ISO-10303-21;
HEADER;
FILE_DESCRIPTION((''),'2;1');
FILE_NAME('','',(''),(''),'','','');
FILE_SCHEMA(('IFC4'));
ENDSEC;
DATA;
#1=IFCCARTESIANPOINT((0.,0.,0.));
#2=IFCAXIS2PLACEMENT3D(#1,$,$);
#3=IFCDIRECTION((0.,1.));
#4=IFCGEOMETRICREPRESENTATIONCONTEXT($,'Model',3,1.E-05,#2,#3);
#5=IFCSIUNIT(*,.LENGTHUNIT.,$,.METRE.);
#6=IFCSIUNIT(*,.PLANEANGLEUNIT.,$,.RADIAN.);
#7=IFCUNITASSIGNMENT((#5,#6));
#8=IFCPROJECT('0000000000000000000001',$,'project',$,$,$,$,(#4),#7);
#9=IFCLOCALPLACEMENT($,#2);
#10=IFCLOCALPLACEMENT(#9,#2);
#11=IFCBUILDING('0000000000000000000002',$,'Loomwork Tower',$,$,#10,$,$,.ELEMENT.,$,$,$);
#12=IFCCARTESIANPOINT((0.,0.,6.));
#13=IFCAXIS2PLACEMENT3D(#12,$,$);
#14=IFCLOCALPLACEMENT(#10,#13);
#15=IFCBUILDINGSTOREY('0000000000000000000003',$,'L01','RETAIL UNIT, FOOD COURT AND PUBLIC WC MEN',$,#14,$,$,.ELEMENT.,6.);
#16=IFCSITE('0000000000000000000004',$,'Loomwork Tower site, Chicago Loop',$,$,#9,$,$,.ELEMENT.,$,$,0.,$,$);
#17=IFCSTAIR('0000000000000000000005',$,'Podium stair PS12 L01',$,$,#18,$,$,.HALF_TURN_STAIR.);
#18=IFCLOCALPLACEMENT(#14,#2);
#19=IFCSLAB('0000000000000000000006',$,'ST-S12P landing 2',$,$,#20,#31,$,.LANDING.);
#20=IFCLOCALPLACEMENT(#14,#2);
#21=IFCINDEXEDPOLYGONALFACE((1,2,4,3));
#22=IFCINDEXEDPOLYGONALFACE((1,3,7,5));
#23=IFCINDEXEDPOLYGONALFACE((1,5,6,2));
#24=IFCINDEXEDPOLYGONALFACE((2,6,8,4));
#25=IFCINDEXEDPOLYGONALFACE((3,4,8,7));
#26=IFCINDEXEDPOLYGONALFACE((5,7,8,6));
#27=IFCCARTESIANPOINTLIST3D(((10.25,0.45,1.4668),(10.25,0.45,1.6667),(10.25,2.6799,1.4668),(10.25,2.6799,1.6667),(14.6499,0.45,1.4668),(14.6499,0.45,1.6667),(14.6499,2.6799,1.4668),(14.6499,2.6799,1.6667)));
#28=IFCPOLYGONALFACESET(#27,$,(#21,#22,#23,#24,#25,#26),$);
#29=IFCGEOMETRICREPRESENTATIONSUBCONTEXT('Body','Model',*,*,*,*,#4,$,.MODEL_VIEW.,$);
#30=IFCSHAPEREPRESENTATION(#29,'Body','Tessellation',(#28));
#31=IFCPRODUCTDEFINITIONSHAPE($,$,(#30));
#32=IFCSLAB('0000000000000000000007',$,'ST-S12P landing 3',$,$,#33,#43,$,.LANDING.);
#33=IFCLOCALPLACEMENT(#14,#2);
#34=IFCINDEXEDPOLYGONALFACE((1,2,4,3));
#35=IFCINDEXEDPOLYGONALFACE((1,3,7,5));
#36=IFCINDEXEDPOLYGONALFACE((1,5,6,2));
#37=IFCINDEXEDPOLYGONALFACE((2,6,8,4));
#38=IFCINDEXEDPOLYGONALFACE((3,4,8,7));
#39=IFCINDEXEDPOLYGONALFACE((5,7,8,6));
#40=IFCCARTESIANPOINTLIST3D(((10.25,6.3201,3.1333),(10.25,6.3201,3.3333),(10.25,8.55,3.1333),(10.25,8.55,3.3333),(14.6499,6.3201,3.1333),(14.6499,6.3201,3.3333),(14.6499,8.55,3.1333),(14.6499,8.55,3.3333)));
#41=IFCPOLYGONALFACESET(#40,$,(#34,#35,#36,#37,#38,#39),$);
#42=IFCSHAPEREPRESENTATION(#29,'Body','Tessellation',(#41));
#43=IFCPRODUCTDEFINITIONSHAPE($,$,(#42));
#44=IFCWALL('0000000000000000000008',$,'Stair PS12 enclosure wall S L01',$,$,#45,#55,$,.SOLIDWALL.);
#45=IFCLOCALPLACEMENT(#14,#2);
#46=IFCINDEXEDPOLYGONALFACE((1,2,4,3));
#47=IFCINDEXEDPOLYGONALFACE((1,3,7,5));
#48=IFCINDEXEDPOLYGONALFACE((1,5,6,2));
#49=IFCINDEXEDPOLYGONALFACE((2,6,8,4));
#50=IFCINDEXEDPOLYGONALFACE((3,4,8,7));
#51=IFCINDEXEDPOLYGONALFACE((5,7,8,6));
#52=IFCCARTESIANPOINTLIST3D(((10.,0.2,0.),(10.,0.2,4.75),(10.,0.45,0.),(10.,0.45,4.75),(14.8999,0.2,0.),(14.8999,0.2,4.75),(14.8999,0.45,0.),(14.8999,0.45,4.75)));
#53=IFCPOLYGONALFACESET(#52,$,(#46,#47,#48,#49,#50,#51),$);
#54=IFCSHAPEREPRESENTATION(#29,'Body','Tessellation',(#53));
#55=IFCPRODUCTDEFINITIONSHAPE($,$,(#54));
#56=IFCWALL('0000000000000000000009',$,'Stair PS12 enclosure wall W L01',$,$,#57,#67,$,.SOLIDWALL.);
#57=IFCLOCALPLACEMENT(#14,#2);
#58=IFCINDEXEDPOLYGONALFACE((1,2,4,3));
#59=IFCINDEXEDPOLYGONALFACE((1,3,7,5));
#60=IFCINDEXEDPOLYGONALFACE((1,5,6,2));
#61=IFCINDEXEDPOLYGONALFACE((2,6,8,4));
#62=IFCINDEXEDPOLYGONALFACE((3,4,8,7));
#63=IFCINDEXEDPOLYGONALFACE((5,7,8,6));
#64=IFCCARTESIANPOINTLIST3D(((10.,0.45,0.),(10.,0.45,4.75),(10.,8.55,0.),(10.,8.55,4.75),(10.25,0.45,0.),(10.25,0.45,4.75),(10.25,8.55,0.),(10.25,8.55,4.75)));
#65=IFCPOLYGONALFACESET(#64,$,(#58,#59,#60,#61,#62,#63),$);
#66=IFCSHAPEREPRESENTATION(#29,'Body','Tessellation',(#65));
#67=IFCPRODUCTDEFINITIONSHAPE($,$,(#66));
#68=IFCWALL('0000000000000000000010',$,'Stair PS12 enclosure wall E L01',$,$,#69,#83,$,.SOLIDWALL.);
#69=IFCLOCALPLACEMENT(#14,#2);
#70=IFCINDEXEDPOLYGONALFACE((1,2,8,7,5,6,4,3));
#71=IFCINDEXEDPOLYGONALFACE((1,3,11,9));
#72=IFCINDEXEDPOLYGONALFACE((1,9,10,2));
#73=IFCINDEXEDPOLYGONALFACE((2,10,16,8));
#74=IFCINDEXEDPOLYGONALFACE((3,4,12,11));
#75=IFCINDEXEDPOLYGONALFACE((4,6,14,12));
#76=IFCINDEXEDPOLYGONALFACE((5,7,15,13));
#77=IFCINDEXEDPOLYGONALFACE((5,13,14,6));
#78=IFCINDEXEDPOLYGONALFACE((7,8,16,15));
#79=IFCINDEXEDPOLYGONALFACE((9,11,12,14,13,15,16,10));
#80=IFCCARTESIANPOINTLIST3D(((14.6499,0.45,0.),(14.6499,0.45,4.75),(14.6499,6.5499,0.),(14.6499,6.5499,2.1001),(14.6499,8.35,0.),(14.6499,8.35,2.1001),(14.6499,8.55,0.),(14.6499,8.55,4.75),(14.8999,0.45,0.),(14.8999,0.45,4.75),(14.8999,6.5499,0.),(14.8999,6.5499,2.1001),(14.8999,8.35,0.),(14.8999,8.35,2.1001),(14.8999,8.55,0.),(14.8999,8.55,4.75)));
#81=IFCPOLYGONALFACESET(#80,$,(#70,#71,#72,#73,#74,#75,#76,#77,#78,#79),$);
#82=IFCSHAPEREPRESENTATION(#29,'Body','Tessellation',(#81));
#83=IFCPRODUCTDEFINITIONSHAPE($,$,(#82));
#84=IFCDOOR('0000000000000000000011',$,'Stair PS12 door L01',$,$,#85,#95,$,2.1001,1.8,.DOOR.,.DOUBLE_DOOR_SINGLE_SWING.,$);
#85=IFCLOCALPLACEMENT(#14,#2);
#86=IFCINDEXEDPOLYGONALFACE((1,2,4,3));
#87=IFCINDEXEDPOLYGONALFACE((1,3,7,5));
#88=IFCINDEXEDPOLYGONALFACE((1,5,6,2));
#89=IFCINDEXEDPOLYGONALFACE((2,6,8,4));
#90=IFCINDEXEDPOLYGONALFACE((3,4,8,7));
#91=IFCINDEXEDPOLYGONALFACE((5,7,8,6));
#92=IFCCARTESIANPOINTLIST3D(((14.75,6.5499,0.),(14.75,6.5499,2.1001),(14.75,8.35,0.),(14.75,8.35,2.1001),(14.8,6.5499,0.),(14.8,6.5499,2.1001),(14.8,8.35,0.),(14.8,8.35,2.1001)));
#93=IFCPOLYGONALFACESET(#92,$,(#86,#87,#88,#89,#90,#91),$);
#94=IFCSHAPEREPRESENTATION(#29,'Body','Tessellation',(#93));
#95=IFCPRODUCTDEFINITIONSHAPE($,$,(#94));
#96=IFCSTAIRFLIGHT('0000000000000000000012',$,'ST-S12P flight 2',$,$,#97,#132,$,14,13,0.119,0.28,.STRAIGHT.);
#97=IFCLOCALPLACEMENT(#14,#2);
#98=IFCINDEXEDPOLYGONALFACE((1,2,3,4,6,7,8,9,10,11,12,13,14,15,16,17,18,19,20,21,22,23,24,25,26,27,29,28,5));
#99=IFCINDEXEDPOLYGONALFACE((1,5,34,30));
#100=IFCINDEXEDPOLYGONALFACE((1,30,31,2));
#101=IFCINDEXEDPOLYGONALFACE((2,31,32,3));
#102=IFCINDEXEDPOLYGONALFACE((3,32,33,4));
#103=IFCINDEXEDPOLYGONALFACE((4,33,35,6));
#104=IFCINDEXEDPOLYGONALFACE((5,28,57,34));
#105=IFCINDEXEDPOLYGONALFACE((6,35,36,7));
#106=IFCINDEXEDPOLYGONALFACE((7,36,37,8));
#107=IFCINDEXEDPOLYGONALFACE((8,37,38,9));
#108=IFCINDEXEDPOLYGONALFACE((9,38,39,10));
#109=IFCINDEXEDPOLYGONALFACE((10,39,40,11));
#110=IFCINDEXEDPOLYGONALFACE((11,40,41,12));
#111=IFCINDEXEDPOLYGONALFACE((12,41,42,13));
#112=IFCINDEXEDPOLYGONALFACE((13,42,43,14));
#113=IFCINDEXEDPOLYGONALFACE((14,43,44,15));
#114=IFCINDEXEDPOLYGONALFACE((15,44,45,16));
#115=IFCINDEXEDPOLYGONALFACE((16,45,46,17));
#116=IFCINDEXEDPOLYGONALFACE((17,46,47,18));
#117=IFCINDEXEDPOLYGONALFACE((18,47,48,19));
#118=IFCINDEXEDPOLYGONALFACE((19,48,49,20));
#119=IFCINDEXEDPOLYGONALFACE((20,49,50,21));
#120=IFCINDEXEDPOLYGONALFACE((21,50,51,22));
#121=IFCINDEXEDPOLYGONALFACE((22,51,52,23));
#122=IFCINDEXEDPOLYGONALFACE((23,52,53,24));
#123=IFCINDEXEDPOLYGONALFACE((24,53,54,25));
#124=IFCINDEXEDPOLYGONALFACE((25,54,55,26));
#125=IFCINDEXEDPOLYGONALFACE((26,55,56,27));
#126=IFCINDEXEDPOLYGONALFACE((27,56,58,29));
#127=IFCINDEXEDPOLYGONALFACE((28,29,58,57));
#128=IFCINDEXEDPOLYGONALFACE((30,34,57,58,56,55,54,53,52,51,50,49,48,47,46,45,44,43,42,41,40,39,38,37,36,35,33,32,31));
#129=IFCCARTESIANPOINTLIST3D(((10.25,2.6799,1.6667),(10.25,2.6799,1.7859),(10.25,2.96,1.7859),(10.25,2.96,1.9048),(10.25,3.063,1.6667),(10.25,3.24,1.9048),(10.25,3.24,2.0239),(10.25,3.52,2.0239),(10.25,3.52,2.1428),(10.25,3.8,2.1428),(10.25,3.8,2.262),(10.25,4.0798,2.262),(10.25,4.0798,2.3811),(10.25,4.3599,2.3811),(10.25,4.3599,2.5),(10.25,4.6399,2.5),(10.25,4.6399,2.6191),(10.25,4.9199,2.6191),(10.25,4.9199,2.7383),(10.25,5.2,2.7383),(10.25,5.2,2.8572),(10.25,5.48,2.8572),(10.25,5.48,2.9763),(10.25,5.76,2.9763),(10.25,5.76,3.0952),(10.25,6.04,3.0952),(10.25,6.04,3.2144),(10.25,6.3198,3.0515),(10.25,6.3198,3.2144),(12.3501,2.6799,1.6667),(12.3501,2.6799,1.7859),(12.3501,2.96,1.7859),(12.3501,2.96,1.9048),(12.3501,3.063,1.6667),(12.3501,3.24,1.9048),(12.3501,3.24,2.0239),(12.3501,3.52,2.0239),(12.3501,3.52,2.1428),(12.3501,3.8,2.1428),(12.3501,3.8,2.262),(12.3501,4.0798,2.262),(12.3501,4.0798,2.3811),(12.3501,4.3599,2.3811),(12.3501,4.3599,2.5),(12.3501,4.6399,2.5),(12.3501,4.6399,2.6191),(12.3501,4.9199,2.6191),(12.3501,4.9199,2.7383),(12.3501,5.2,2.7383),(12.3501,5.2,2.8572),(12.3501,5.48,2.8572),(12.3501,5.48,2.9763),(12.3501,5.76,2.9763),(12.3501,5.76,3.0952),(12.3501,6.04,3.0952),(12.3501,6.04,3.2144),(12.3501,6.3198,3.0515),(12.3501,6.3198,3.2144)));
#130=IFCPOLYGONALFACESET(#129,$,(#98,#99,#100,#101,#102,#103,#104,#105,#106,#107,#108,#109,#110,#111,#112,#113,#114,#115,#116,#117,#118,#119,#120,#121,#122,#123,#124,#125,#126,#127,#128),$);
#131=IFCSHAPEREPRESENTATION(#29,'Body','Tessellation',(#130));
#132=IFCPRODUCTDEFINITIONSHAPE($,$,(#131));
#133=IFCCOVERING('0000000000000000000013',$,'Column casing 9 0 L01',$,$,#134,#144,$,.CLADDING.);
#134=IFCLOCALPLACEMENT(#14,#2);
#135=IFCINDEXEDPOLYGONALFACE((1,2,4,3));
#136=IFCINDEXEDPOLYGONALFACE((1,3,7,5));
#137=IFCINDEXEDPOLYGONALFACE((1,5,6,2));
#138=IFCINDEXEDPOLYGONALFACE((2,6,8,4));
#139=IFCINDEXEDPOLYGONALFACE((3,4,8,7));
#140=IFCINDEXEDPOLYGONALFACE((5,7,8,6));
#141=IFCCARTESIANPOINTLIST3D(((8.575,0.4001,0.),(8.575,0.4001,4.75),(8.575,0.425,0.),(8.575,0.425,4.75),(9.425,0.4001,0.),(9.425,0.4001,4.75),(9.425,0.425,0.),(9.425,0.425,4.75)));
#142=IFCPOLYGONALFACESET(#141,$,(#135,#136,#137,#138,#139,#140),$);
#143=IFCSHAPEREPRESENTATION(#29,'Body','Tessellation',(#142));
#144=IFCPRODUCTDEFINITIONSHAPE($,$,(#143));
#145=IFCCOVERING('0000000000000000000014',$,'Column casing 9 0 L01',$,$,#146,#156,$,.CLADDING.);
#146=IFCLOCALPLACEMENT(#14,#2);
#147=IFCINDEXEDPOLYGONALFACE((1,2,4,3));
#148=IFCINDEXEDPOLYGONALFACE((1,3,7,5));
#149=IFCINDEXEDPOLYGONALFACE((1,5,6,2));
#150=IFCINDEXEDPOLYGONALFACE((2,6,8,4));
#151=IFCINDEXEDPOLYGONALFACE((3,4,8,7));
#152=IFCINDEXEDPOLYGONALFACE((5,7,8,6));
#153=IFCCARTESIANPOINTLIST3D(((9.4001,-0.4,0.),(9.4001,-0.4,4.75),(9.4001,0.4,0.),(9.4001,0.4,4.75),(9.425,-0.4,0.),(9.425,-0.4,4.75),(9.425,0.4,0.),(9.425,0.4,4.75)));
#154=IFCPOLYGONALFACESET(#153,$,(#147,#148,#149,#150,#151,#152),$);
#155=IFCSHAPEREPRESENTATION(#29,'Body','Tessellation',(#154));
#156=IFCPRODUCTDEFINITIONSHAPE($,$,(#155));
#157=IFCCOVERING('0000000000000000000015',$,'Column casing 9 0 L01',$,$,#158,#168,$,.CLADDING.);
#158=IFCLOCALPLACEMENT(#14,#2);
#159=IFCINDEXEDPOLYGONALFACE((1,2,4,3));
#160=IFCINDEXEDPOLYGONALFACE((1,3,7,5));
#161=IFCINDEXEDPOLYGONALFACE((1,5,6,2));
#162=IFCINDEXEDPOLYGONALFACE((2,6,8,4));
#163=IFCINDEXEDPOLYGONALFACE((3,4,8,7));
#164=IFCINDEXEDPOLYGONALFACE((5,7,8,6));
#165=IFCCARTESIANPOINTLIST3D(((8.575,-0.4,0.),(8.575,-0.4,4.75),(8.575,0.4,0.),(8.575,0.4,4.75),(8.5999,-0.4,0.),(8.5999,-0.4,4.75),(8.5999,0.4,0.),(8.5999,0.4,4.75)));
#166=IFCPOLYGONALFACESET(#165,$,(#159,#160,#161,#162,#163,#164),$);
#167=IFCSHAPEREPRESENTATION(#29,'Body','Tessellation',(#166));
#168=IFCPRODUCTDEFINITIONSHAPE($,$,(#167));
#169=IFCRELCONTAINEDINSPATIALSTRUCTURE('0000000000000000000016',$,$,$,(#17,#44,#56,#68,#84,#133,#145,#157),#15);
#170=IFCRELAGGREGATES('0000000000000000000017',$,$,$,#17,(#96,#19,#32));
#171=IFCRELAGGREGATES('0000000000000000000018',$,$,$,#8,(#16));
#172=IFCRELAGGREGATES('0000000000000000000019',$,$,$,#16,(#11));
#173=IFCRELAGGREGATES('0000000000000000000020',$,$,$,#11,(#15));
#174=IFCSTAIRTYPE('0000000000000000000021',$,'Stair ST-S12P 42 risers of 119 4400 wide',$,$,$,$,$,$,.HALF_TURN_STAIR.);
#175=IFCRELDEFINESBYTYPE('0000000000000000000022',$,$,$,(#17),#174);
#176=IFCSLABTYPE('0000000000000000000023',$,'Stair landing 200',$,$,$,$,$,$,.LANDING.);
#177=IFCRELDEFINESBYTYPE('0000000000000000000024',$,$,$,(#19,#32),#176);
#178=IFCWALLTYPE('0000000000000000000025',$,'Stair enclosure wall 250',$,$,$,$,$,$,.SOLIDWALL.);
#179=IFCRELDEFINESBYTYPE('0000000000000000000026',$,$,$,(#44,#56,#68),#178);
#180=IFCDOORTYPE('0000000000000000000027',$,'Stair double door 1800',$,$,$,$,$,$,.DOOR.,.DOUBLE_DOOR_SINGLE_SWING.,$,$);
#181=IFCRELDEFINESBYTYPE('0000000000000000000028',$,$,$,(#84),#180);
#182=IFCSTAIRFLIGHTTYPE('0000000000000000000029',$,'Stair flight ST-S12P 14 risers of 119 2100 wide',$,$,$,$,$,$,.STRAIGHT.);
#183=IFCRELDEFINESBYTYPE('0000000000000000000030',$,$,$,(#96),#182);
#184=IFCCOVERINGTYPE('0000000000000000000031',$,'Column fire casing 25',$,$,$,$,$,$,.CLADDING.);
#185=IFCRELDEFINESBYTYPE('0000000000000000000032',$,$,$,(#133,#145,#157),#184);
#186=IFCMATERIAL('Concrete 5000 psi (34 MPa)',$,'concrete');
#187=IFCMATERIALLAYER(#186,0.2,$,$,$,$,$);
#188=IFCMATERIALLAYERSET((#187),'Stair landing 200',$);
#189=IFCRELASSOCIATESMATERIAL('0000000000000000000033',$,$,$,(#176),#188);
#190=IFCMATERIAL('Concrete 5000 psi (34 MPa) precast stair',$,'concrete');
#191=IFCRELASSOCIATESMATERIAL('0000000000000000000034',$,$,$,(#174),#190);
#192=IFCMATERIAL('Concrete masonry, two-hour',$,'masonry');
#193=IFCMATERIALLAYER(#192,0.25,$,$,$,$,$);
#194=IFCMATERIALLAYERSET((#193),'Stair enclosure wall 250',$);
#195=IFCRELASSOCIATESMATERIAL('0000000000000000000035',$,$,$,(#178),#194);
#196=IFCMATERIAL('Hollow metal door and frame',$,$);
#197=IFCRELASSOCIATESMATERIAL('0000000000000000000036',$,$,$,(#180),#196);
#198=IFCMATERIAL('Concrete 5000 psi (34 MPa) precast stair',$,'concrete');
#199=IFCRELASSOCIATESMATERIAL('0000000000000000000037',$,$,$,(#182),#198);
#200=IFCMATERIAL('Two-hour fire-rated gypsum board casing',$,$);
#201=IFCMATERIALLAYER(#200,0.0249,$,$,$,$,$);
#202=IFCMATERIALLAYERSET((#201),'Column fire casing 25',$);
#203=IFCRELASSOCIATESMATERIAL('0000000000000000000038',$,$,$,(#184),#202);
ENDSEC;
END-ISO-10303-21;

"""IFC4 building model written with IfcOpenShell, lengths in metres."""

from ifc_helpers import new_model, si_unit, direction, frame, frame_2d, origin, origin_2d, place, context, subcontext, project, spatial, polyline, rectangle, outline, extrude, material, layer, layer_set, type_object, element, fill, aggregate, save


model = new_model("IFC4")

# Units and contexts
model_context = context("Model", 3, precision=1e-05, world=origin(), true_north=direction((0.0, 1.0)))
body_context = subcontext(model_context, "Body", "Model", "MODEL_VIEW")
ifc_project = project(units=[si_unit("LENGTHUNIT", "METRE"), si_unit("PLANEANGLEUNIT", "RADIAN")], contexts=[model_context])

# Site, building, storey
site_placement = place(None, origin())
site = spatial("IfcSite", under=ifc_project, at=site_placement, Name="Loomwork Tower site, Chicago Loop", CompositionType="ELEMENT", RefElevation=0.0)
building_placement = place(site_placement, origin())
building = spatial("IfcBuilding", under=site, at=building_placement, Name="Loomwork Tower", CompositionType="ELEMENT")
storey_placement = place(building_placement, frame((0.0, 0.0, 6.0)))
storey = spatial("IfcBuildingStorey", under=building, at=storey_placement, Name="L01", Description="RETAIL UNIT, FOOD COURT AND PUBLIC WC MEN", CompositionType="ELEMENT", Elevation=6.0)

# Stair, slabs
ifc_material_1 = material(Name="Concrete 5000 psi (34 MPa)", Category="concrete")
ifc_layer_1 = layer(ifc_material_1, 0.2)
ifc_layer_set_1 = layer_set([ifc_layer_1], Name="Stair landing 200")
slab_type = type_object("IfcSlabType", Name="Stair landing 200", PredefinedType="LANDING", material=ifc_layer_set_1)
ifc_material_2 = material(Name="Concrete 5000 psi (34 MPa) precast stair", Category="concrete")
stair_type_1 = type_object("IfcStairType", Name="Stair ST-S12P 42 risers of 119 4400 wide", PredefinedType="HALF_TURN_STAIR", material=ifc_material_2)
stair_1_placement = place(storey_placement, origin())
stair_1 = element("IfcStair", 1, at=stair_1_placement, inside=storey, type_object=stair_type_1, Name="Podium stair PS12 L01", PredefinedType="HALF_TURN_STAIR")
slab_1_placement = place(storey_placement, frame((0.0, 0.0, 1.4668)))
slab_1 = element("IfcSlab", 2, at=slab_1_placement, type_object=slab_type, Name="ST-S12P landing 2", PredefinedType="LANDING", context=body_context, shape_type="SweptSolid", body=[
    extrude(outline(polyline([(10.25, 0.45), (14.6499, 0.45), (14.6499, 2.6799), (10.25, 2.6799), (10.25, 0.45)])), origin(), (0.0, 0.0, 1.0), 0.2),
])
slab_2_placement = place(storey_placement, frame((0.0, 0.0, 3.1333)))
slab_2 = element("IfcSlab", 3, at=slab_2_placement, type_object=slab_type, Name="ST-S12P landing 3", PredefinedType="LANDING", context=body_context, shape_type="SweptSolid", body=[
    extrude(outline(polyline([(10.25, 6.3201), (14.6499, 6.3201), (14.6499, 8.55), (10.25, 8.55), (10.25, 6.3201)])), origin(), (0.0, 0.0, 1.0), 0.2),
])

# Walls
ifc_material_3 = material(Name="Concrete masonry, two-hour", Category="masonry")
ifc_layer_2 = layer(ifc_material_3, 0.25)
ifc_layer_set_2 = layer_set([ifc_layer_2], Name="Stair enclosure wall 250")
wall_type = type_object("IfcWallType", Name="Stair enclosure wall 250", PredefinedType="SOLIDWALL", material=ifc_layer_set_2)
wall_1_placement = place(storey_placement, frame((10.0, 0.325, 0.0), z_axis=(0.0, 0.0, 1.0), x_axis=(1.0, 0.0, 0.0)))
element("IfcWall", 4, at=wall_1_placement, inside=storey, type_object=wall_type, Name="Stair PS12 enclosure wall S L01", PredefinedType="SOLIDWALL", context=body_context, shape_type="SweptSolid", body=[
    extrude(rectangle(XDim=4.8999, YDim=0.25, at=frame_2d((2.45, 0.0))), origin(), (0.0, 0.0, 1.0), 4.75),
])
wall_2_placement = place(storey_placement, frame((10.125, 0.45, 0.0), z_axis=(0.0, 0.0, 1.0), x_axis=(0.0, 1.0, 0.0)))
element("IfcWall", 5, at=wall_2_placement, inside=storey, type_object=wall_type, Name="Stair PS12 enclosure wall W L01", PredefinedType="SOLIDWALL", context=body_context, shape_type="SweptSolid", body=[
    extrude(rectangle(XDim=8.1001, YDim=0.25, at=frame_2d((4.05, 0.0))), origin(), (0.0, 0.0, 1.0), 4.75),
])

# Wall, opening, door
wall_3_placement = place(storey_placement, frame((14.7749, 0.45, 0.0), z_axis=(0.0, 0.0, 1.0), x_axis=(0.0, 1.0, 0.0)))
wall_3 = element("IfcWall", 6, at=wall_3_placement, inside=storey, type_object=wall_type, Name="Stair PS12 enclosure wall E L01", PredefinedType="SOLIDWALL", context=body_context, shape_type="SweptSolid", body=[
    extrude(rectangle(XDim=8.1001, YDim=0.25, at=frame_2d((4.05, 0.0))), origin(), (0.0, 0.0, 1.0), 4.75),
])
opening_placement = place(wall_3_placement, frame((6.1001, 0.0, 0.0)))
opening = element("IfcOpeningElement", 7, at=opening_placement, cuts=wall_3, PredefinedType="OPENING", context=body_context, shape_type="SweptSolid", body=[
    extrude(rectangle(XDim=1.8, YDim=2.1001, at=frame_2d((0.8999, 1.05))), frame((0.0, 0.135, 0.0), z_axis=(0.0, -1.0, 0.0), x_axis=(1.0, 0.0, 0.0)), (0.0, 0.0, 1.0), 0.27),
])
ifc_material_4 = material(Name="Hollow metal door and frame")
door_type = type_object("IfcDoorType", Name="Stair double door 1800", OperationType="DOUBLE_DOOR_SINGLE_SWING", PredefinedType="DOOR", material=ifc_material_4)
door_placement = place(opening_placement, origin())
door = element("IfcDoor", 8, at=door_placement, inside=storey, type_object=door_type, Name="Stair PS12 door L01", OperationType="DOUBLE_DOOR_SINGLE_SWING", OverallHeight=2.1001, OverallWidth=1.8, PredefinedType="DOOR", context=body_context, shape_type="SweptSolid", body=[
    extrude(rectangle(XDim=1.8, YDim=2.1001, at=frame_2d((0.8999, 1.05))), frame((0.0, 0.0249, 0.0), z_axis=(0.0, -1.0, 0.0), x_axis=(1.0, 0.0, 0.0)), (0.0, 0.0, 1.0), 0.05),
])
fill(opening, door)

# Stair flight
ifc_material_5 = material(Name="Concrete 5000 psi (34 MPa) precast stair", Category="concrete")
stair_flight_type = type_object("IfcStairFlightType", Name="Stair flight ST-S12P 14 risers of 119 2100 wide", PredefinedType="STRAIGHT", material=ifc_material_5)
stair_flight_placement = place(storey_placement, frame((11.3, 2.6799, 1.6667), z_axis=(0.0, 0.0, 1.0), x_axis=(0.0, 1.0, 0.0)))
stair_flight = element("IfcStairFlight", 9, at=stair_flight_placement, type_object=stair_flight_type, Name="ST-S12P flight 2", NumberOfRisers=14, NumberOfTreads=13, PredefinedType="STRAIGHT", RiserHeight=0.119, TreadLength=0.28, context=body_context, shape_type="SweptSolid", body=[
    extrude(outline(polyline([(0.0, 0.0), (0.0, 0.1191), (0.28, 0.1191), (0.28, 0.238), (0.5601, 0.238), (0.5601, 0.3572), (0.8401, 0.3572), (0.8401, 0.4761), (1.1201, 0.4761), (1.1201, 0.5952), (1.3999, 0.5952), (1.3999, 0.7144), (1.6799, 0.7144), (1.6799, 0.8333), (1.96, 0.8333), (1.96, 0.9524), (2.24, 0.9524), (2.24, 1.0715), (2.52, 1.0715), (2.52, 1.1904), (2.8, 1.1904), (2.8, 1.3096), (3.0801, 1.3096), (3.0801, 1.4285), (3.3601, 1.4285), (3.3601, 1.5476), (3.6399, 1.5476), (3.6399, 1.6667), (3.6399, 1.3848), (0.3831, 0.0), (0.0, 0.0)])), frame((0.0, 1.05, 0.0), z_axis=(0.0, -1.0, 0.0), x_axis=(1.0, 0.0, 0.0)), (0.0, 0.0, 1.0), 2.1001),
])
aggregate(stair_1, [stair_flight, slab_1, slab_2])

# Coverings
ifc_material_6 = material(Name="Two-hour fire-rated gypsum board casing")
ifc_layer_3 = layer(ifc_material_6, 0.0249)
ifc_layer_set_3 = layer_set([ifc_layer_3], Name="Column fire casing 25")
covering_type = type_object("IfcCoveringType", Name="Column fire casing 25", PredefinedType="CLADDING", material=ifc_layer_set_3)
covering_placement = place(storey_placement, frame((9.0, 0.4126, 0.0), z_axis=(0.0, 0.0, 1.0), x_axis=(1.0, 0.0, 0.0)))
element("IfcCovering", 10, at=covering_placement, inside=storey, type_object=covering_type, Name="Column casing 9 0 L01", PredefinedType="CLADDING", context=body_context, shape_type="SweptSolid", body=[
    extrude(rectangle(XDim=0.8501, YDim=0.0249, at=origin_2d()), origin(), (0.0, 0.0, 1.0), 4.75),
])
for number, where, z_axis, x_axis, name in (
    (11, (9.4126, 0.0, 0.0), (0.0, 0.0, 1.0), (1.0, 0.0, 0.0), "Column casing 9 0 L01"),
    (12, (8.5874, 0.0, 0.0), (0.0, 0.0, 1.0), (1.0, 0.0, 0.0), "Column casing 9 0 L01"),
):
    element("IfcCovering", number, at=place(storey_placement, frame(where, z_axis=z_axis, x_axis=x_axis)), inside=storey, type_object=covering_type, Name=name, PredefinedType="CLADDING", context=body_context, shape_type="SweptSolid", body=[
        extrude(rectangle(XDim=0.0249, YDim=0.8, at=origin_2d()), origin(), (0.0, 0.0, 1.0), 4.75),
    ])

save(model, "model.ifc")
